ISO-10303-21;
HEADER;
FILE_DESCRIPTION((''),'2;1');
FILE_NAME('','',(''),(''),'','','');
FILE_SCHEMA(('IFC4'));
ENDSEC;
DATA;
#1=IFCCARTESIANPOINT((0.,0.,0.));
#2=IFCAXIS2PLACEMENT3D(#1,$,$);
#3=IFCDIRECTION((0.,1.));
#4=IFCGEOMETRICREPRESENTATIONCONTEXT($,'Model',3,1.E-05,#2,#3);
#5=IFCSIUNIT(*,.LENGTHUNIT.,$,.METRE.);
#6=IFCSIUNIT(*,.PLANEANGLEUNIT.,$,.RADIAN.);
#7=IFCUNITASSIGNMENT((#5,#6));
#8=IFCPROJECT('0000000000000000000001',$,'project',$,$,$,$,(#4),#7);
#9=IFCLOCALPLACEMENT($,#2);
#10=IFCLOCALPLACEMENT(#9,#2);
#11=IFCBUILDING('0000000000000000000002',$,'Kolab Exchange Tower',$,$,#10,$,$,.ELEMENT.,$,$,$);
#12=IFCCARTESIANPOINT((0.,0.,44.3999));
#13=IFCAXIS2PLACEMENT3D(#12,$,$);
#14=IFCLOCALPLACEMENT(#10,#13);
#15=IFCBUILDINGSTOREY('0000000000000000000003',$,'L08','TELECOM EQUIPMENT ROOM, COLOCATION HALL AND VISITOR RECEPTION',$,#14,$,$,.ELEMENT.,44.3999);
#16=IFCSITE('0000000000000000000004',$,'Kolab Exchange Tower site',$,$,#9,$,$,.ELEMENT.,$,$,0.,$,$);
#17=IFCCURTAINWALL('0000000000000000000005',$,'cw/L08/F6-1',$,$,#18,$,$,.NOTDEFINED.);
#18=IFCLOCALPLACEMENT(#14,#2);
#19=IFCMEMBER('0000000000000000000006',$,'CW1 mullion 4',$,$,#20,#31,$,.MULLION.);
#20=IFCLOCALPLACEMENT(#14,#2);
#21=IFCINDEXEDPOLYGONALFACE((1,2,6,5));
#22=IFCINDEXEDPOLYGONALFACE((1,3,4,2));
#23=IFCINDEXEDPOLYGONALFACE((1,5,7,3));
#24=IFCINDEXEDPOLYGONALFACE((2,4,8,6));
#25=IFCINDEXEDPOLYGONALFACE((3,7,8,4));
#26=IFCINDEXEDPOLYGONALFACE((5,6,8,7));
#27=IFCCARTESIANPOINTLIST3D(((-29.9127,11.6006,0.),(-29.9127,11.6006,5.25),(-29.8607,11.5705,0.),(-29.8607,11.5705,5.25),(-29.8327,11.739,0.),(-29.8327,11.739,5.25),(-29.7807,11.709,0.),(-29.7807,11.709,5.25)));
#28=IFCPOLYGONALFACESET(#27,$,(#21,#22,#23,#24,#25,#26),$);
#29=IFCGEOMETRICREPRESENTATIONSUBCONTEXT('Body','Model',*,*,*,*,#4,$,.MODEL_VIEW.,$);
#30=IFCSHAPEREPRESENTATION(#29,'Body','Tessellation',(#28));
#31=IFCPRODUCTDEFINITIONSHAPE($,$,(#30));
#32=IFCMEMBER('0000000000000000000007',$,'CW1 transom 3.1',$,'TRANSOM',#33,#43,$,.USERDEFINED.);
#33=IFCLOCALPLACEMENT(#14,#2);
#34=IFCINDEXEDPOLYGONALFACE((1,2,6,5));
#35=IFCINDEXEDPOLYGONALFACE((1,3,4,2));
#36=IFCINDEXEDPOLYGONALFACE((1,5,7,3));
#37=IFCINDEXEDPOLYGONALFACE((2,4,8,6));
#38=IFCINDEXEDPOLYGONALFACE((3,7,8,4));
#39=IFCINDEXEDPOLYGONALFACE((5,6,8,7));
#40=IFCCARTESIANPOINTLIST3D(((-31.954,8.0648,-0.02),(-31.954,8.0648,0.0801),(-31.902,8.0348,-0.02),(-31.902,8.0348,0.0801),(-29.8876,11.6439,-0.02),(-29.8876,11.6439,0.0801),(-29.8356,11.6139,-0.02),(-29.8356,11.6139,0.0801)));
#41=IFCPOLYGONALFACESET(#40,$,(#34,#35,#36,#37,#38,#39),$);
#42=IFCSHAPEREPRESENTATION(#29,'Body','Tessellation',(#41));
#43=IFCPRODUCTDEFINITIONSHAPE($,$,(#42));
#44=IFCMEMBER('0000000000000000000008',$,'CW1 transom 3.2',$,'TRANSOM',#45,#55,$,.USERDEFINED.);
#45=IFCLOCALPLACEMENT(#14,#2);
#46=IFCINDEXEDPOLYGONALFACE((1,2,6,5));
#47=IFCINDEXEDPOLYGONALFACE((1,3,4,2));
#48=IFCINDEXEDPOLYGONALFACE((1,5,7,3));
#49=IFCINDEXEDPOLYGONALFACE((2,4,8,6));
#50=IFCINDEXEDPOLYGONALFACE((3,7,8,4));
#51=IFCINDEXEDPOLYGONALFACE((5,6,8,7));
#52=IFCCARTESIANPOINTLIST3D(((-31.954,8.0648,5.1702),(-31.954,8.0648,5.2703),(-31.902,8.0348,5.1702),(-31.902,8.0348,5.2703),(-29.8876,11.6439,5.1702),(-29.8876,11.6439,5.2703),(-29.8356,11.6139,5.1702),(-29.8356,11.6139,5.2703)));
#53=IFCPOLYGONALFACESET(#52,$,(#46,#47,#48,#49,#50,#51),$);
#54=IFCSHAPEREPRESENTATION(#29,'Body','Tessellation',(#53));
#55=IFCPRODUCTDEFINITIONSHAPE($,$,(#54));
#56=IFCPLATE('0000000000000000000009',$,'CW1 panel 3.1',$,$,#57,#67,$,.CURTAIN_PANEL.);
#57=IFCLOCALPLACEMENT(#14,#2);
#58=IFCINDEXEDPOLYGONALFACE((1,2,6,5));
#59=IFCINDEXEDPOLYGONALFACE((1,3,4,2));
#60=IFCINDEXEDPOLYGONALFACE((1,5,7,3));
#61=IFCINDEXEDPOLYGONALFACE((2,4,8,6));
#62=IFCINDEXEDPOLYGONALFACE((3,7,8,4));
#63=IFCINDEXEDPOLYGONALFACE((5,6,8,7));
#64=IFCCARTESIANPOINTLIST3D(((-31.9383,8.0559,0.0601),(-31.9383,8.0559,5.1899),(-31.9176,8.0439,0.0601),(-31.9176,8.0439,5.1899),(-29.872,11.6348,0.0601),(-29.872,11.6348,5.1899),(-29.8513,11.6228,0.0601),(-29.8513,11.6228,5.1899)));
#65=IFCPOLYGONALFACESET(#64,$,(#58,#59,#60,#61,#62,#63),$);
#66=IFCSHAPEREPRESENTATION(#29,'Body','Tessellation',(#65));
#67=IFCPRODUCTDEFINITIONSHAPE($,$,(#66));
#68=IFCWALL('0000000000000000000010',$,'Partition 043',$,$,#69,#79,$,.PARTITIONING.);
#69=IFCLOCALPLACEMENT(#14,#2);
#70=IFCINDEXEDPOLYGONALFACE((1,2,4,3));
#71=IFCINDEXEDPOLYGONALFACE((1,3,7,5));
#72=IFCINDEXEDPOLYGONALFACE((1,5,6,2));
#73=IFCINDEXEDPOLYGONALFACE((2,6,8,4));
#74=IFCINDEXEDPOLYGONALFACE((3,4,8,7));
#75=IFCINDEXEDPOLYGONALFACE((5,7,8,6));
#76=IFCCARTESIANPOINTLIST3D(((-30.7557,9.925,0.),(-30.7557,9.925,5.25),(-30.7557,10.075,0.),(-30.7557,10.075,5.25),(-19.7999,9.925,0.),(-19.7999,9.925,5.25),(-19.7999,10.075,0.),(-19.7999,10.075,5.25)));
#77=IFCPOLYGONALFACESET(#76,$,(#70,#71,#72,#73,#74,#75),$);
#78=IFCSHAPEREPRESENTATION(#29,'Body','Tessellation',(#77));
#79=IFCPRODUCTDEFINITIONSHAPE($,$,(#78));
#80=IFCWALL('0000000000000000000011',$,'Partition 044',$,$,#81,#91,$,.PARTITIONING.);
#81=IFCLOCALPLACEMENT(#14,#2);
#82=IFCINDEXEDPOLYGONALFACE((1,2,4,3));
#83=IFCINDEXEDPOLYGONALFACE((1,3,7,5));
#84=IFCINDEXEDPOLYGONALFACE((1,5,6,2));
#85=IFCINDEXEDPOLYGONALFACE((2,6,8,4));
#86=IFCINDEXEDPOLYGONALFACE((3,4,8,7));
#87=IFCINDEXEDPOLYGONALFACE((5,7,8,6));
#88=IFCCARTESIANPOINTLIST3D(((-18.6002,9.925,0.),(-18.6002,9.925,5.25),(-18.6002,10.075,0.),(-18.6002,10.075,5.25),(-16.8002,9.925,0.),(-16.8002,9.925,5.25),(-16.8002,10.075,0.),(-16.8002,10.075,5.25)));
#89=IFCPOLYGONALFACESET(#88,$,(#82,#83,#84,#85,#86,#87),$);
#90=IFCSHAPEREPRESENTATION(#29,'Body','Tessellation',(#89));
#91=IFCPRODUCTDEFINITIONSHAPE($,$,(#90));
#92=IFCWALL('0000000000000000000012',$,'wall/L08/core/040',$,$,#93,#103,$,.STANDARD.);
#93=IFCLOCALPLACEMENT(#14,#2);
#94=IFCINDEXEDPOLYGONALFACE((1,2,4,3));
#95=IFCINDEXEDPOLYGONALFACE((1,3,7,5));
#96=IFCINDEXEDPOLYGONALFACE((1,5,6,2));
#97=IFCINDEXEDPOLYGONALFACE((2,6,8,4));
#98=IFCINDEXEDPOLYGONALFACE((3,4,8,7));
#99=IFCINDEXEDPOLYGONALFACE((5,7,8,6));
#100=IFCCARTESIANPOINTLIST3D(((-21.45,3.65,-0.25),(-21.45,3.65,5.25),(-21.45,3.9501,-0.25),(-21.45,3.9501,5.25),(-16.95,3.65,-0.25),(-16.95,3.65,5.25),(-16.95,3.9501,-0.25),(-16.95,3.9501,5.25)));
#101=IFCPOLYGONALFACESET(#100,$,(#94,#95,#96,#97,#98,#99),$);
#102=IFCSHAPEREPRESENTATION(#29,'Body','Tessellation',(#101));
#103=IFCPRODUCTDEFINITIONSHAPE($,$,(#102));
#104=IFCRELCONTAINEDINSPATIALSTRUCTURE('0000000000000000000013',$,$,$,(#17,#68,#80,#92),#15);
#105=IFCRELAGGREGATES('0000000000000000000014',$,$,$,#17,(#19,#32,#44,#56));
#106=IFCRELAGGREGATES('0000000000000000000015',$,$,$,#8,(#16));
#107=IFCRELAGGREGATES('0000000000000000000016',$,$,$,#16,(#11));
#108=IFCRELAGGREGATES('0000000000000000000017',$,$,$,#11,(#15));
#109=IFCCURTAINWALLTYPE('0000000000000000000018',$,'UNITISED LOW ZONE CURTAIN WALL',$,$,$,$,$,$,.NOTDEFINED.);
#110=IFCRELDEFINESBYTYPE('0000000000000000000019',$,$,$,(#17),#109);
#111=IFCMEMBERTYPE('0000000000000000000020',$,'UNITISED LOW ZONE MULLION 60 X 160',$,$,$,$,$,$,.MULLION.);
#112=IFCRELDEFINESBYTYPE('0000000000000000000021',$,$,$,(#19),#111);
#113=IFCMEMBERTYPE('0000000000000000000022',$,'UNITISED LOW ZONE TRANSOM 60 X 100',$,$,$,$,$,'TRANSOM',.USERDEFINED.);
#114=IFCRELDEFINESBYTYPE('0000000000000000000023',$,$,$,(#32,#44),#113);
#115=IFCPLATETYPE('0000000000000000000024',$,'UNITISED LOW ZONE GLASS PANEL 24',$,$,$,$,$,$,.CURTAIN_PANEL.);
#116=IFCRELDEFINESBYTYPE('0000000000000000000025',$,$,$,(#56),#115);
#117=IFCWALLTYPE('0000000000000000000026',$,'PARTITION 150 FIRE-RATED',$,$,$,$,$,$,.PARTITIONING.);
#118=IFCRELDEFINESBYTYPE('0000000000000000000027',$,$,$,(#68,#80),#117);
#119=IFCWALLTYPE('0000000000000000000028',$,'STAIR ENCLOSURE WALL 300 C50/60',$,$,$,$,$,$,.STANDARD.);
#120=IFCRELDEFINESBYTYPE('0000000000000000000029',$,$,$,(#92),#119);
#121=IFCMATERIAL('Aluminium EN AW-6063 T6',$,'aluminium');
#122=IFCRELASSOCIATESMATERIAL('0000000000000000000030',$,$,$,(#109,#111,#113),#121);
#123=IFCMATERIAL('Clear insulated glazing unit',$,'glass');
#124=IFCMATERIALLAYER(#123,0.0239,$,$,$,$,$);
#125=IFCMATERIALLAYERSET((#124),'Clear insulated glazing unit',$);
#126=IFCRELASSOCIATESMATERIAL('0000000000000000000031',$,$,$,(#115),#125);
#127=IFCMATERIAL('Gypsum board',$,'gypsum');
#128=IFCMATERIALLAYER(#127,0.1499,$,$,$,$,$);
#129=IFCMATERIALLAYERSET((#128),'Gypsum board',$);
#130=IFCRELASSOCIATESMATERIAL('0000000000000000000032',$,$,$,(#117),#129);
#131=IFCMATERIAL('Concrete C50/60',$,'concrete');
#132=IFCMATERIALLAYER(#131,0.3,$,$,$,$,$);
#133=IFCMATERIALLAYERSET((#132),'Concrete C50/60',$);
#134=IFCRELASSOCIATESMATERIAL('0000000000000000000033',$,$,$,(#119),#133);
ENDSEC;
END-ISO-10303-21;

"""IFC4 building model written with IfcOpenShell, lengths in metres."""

from ifc_helpers import new_model, si_unit, direction, frame, frame_2d, origin, origin_2d, place, context, subcontext, project, spatial, rectangle, extrude, material, layer, layer_set, material_profile, profile_set, type_object, element, aggregate, save


model = new_model("IFC4")

# Units and contexts
model_context = context("Model", 3, precision=1e-05, world=origin(), true_north=direction((0.0, 1.0)))
body_context = subcontext(model_context, "Body", "Model", "MODEL_VIEW")
ifc_project = project(units=[si_unit("LENGTHUNIT", "METRE"), si_unit("PLANEANGLEUNIT", "RADIAN")], contexts=[model_context])

# Site, building, storey
site_placement = place(None, origin())
site = spatial("IfcSite", under=ifc_project, at=site_placement, Name="Kolab Exchange Tower site", CompositionType="ELEMENT", RefElevation=0.0)
building_placement = place(site_placement, origin())
building = spatial("IfcBuilding", under=site, at=building_placement, Name="Kolab Exchange Tower", CompositionType="ELEMENT")
storey_placement = place(building_placement, frame((0.0, 0.0, 44.3999)))
storey = spatial("IfcBuildingStorey", under=building, at=storey_placement, Name="L08", Description="TELECOM EQUIPMENT ROOM, COLOCATION HALL AND VISITOR RECEPTION", CompositionType="ELEMENT", Elevation=44.3999)

# Curtain wall, members, plate
ifc_material_1 = material(Name="Aluminium EN AW-6063 T6", Category="aluminium")
curtain_wall_type = type_object("IfcCurtainWallType", Name="UNITISED LOW ZONE CURTAIN WALL", PredefinedType="NOTDEFINED", material=ifc_material_1)
curtain_wall_placement = place(storey_placement, origin())
curtain_wall = element("IfcCurtainWall", 1, at=curtain_wall_placement, inside=storey, type_object=curtain_wall_type, Name="cw/L08/F6-1", PredefinedType="NOTDEFINED")
ifc_material_profile_1 = material_profile(ifc_material_1, rectangle(XDim=0.0601, YDim=0.1599, at=origin_2d()), Name="RECT 60X160")
ifc_profile_set_1 = profile_set([ifc_material_profile_1], Name="Aluminium EN AW-6063 T6")
member_type_1 = type_object("IfcMemberType", Name="UNITISED LOW ZONE MULLION 60 X 160", PredefinedType="MULLION", material=ifc_profile_set_1)
member_1_placement = place(storey_placement, frame((-29.8467, 11.6548, 0.0), z_axis=(0.0, 0.0, 1.0), x_axis=(-0.866025, 0.5, 0.0)))
member_1 = element("IfcMember", 2, at=member_1_placement, type_object=member_type_1, Name="CW1 mullion 4", PredefinedType="MULLION", context=body_context, shape_type="SweptSolid", body=[
    extrude(rectangle(XDim=0.0601, YDim=0.1599, at=origin_2d()), origin(), (0.0, 0.0, 1.0), 5.25),
])
ifc_material_profile_2 = material_profile(ifc_material_1, rectangle(XDim=0.0601, YDim=0.1001, at=origin_2d()), Name="RECT 60X100")
ifc_profile_set_2 = profile_set([ifc_material_profile_2], Name="Aluminium EN AW-6063 T6")
member_type_2 = type_object("IfcMemberType", Name="UNITISED LOW ZONE TRANSOM 60 X 100", ElementType="TRANSOM", PredefinedType="USERDEFINED", material=ifc_profile_set_2)
member_2_placement = place(storey_placement, frame((-31.928, 8.0498, 0.03), z_axis=(0.500002, 0.866024, 0.0), x_axis=(-0.866024, 0.500002, 0.0)))
member_2 = element("IfcMember", 3, at=member_2_placement, type_object=member_type_2, Name="CW1 transom 3.1", ObjectType="TRANSOM", PredefinedType="USERDEFINED", context=body_context, shape_type="SweptSolid", body=[
    extrude(rectangle(XDim=0.0601, YDim=0.1001, at=origin_2d()), origin(), (0.0, 0.0, 1.0), 4.1328),
])
member_3_placement = place(storey_placement, frame((-31.928, 8.0498, 5.2202), z_axis=(0.500002, 0.866024, 0.0), x_axis=(-0.866024, 0.500002, 0.0)))
member_3 = element("IfcMember", 4, at=member_3_placement, type_object=member_type_2, Name="CW1 transom 3.2", ObjectType="TRANSOM", PredefinedType="USERDEFINED", context=body_context, shape_type="SweptSolid", body=[
    extrude(rectangle(XDim=0.0601, YDim=0.1001, at=origin_2d()), origin(), (0.0, 0.0, 1.0), 4.1328),
])
ifc_material_2 = material(Name="Clear insulated glazing unit", Category="glass")
ifc_layer_1 = layer(ifc_material_2, 0.0239)
ifc_layer_set_1 = layer_set([ifc_layer_1], Name="Clear insulated glazing unit")
plate_type = type_object("IfcPlateType", Name="UNITISED LOW ZONE GLASS PANEL 24", PredefinedType="CURTAIN_PANEL", material=ifc_layer_set_1)
plate_placement = place(storey_placement, frame((-30.8948, 9.8394, 0.0601), z_axis=(0.0, 0.0, 1.0), x_axis=(0.5, 0.866025, 0.0)))
plate = element("IfcPlate", 5, at=plate_placement, type_object=plate_type, Name="CW1 panel 3.1", PredefinedType="CURTAIN_PANEL", context=body_context, shape_type="SweptSolid", body=[
    extrude(rectangle(XDim=4.1326, YDim=0.0239, at=origin_2d()), origin(), (0.0, 0.0, 1.0), 5.1299),
])
aggregate(curtain_wall, [member_1, member_2, member_3, plate])

# Walls
ifc_material_3 = material(Name="Gypsum board", Category="gypsum")
ifc_layer_2 = layer(ifc_material_3, 0.1499)
ifc_layer_set_2 = layer_set([ifc_layer_2], Name="Gypsum board")
wall_type_1 = type_object("IfcWallType", Name="PARTITION 150 FIRE-RATED", PredefinedType="PARTITIONING", material=ifc_layer_set_2)
wall_1_placement = place(storey_placement, frame((-30.7559, 10.0, 0.0), z_axis=(0.0, 0.0, 1.0), x_axis=(1.0, 0.0, 0.0)))
element("IfcWall", 6, at=wall_1_placement, inside=storey, type_object=wall_type_1, Name="Partition 043", PredefinedType="PARTITIONING", context=body_context, shape_type="SweptSolid", body=[
    extrude(rectangle(XDim=10.9558, YDim=0.1499, at=frame_2d((5.478, 0.0))), origin(), (0.0, 0.0, 1.0), 5.25),
])
wall_2_placement = place(storey_placement, frame((-18.6001, 10.0, 0.0), z_axis=(0.0, 0.0, 1.0), x_axis=(1.0, 0.0, 0.0)))
element("IfcWall", 7, at=wall_2_placement, inside=storey, type_object=wall_type_1, Name="Partition 044", PredefinedType="PARTITIONING", context=body_context, shape_type="SweptSolid", body=[
    extrude(rectangle(XDim=1.8, YDim=0.1499, at=frame_2d((0.8999, 0.0))), origin(), (0.0, 0.0, 1.0), 5.25),
])
ifc_material_4 = material(Name="Concrete C50/60", Category="concrete")
ifc_layer_3 = layer(ifc_material_4, 0.3)
ifc_layer_set_3 = layer_set([ifc_layer_3], Name="Concrete C50/60")
wall_type_2 = type_object("IfcWallType", Name="STAIR ENCLOSURE WALL 300 C50/60", PredefinedType="STANDARD", material=ifc_layer_set_3)
wall_3_placement = place(storey_placement, frame((-21.45, 3.8, -0.25), z_axis=(0.0, 0.0, 1.0), x_axis=(1.0, 0.0, 0.0)))
element("IfcWall", 8, at=wall_3_placement, inside=storey, type_object=wall_type_2, Name="wall/L08/core/040", PredefinedType="STANDARD", context=body_context, shape_type="SweptSolid", body=[
    extrude(rectangle(XDim=4.5, YDim=0.3, at=frame_2d((2.25, 0.0))), origin(), (0.0, 0.0, 1.0), 5.5),
])

save(model, "model.ifc")
